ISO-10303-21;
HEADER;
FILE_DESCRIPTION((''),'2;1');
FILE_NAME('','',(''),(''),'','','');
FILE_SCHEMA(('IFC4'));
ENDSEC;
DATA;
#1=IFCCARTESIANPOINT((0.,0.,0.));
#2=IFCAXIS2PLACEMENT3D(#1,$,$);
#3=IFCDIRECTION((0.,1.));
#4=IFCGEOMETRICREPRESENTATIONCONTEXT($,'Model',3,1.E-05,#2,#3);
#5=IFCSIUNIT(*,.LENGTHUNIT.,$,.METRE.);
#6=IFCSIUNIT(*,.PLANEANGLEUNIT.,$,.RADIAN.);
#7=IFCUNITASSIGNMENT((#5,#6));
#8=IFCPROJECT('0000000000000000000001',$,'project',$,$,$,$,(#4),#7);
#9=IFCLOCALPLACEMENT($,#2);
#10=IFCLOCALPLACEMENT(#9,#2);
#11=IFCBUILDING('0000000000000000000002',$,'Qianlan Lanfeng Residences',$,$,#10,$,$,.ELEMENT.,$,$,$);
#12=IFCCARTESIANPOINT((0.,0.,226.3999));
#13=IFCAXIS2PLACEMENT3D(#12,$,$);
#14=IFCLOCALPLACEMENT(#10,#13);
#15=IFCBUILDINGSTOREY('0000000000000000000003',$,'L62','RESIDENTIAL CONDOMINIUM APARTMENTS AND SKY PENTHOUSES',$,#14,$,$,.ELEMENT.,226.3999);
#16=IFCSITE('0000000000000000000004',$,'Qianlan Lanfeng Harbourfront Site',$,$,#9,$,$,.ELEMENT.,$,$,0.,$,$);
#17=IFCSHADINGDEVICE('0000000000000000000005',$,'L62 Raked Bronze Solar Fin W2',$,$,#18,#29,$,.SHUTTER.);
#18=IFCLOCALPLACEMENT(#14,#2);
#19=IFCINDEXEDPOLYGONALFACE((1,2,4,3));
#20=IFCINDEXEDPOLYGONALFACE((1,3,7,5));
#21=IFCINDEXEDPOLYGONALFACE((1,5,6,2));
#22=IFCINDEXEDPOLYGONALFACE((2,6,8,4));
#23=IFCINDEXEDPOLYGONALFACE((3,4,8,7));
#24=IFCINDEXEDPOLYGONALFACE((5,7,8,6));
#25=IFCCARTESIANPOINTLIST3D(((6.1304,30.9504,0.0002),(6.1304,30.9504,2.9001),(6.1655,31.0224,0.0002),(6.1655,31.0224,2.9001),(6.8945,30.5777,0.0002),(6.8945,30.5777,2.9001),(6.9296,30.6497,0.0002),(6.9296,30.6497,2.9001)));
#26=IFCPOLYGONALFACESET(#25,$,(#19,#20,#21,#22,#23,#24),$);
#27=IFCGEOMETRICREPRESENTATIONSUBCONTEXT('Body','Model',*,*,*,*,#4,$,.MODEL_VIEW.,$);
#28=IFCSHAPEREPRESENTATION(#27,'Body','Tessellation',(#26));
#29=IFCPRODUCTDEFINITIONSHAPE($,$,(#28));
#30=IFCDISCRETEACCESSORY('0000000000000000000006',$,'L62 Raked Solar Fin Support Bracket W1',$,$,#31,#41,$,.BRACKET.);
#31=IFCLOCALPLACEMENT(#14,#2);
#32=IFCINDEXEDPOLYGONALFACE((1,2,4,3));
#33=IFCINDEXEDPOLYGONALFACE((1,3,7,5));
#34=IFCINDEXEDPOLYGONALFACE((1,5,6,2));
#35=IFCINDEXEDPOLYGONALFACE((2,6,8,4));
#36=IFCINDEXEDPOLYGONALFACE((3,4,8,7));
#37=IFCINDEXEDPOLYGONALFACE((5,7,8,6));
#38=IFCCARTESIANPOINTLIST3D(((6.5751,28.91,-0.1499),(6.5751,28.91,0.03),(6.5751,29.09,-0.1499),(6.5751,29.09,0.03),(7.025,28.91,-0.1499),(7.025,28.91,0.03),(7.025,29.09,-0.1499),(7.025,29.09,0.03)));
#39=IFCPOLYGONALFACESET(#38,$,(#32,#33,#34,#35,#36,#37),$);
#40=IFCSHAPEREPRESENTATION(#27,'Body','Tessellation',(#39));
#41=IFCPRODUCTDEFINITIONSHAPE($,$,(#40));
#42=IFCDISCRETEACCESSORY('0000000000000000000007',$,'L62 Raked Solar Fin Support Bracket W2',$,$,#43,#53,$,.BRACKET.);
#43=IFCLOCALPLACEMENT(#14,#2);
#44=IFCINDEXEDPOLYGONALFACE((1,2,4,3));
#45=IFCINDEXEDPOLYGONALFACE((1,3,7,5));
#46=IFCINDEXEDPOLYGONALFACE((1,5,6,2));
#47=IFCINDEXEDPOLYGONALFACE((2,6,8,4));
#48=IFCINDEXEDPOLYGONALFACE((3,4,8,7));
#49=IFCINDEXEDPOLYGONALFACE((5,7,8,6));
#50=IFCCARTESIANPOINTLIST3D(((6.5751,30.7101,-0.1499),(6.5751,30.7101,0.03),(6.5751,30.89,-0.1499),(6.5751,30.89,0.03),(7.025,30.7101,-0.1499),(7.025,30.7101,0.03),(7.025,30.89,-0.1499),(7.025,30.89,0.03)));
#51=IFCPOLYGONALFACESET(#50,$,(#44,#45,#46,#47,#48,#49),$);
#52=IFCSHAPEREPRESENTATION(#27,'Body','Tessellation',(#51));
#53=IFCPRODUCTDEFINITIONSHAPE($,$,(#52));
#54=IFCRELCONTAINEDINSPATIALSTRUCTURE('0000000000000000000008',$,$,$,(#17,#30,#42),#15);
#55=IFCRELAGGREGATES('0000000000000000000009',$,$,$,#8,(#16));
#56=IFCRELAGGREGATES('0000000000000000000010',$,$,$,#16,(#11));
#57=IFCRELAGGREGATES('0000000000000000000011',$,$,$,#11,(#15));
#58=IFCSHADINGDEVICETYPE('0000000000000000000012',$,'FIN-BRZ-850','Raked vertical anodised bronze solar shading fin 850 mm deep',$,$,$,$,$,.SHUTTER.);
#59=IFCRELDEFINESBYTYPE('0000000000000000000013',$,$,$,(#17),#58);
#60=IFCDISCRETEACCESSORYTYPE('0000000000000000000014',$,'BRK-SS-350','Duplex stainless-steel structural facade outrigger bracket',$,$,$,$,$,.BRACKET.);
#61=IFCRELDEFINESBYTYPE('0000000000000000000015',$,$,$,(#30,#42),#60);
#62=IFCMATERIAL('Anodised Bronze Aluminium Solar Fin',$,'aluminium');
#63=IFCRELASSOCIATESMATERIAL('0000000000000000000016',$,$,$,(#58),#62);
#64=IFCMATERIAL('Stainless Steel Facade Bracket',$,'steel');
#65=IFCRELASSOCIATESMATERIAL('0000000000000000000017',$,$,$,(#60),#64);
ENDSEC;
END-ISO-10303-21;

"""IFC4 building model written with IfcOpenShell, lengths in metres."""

from ifc_helpers import new_model, si_unit, direction, frame, origin, origin_2d, place, context, subcontext, project, spatial, rectangle, extrude, source, transform, mapped, material, type_object, element, save


model = new_model("IFC4")

# Units and contexts
model_context = context("Model", 3, precision=1e-05, world=origin(), true_north=direction((0.0, 1.0)))
body_context = subcontext(model_context, "Body", "Model", "MODEL_VIEW")
ifc_project = project(units=[si_unit("LENGTHUNIT", "METRE"), si_unit("PLANEANGLEUNIT", "RADIAN")], contexts=[model_context])

# Site, building, storey
site_placement = place(None, origin())
site = spatial("IfcSite", under=ifc_project, at=site_placement, Name="Qianlan Lanfeng Harbourfront Site", CompositionType="ELEMENT", RefElevation=0.0)
building_placement = place(site_placement, origin())
building = spatial("IfcBuilding", under=site, at=building_placement, Name="Qianlan Lanfeng Residences", CompositionType="ELEMENT")
storey_placement = place(building_placement, frame((0.0, 0.0, 226.3999)))
storey = spatial("IfcBuildingStorey", under=building, at=storey_placement, Name="L62", Description="RESIDENTIAL CONDOMINIUM APARTMENTS AND SKY PENTHOUSES", CompositionType="ELEMENT", Elevation=226.3999)

# Shading device
ifc_material_1 = material(Name="Anodised Bronze Aluminium Solar Fin", Category="aluminium")
shading_device_type = type_object("IfcShadingDeviceType", Name="FIN-BRZ-850", Description="Raked vertical anodised bronze solar shading fin 850 mm deep", PredefinedType="SHUTTER", material=ifc_material_1)
shared_shape_1 = source(origin(), body_context, "Body", "SweptSolid", [
    extrude(rectangle(XDim=0.8501, YDim=0.0801, at=origin_2d()), origin(), (0.0, 0.0, 1.0), 2.8999),
])
for number, where, z_axis, x_axis, name in (
    (1, (6.53, 30.8, 0.0002), (0.0, 0.0, 1.0), (0.898794, -0.438371, 0.0), "L62 Raked Bronze Solar Fin W2"),
):
    element("IfcShadingDevice", number, at=place(storey_placement, frame(where, z_axis=z_axis, x_axis=x_axis)), inside=storey, type_object=shading_device_type, Name=name, PredefinedType="SHUTTER", context=body_context, shape_type="MappedRepresentation", body=[
        mapped(shared_shape_1, transform((0.0, 0.0, 0.0), scale=1.0)),
    ])

# Discrete accessories
ifc_material_2 = material(Name="Stainless Steel Facade Bracket", Category="steel")
discrete_accessory_type = type_object("IfcDiscreteAccessoryType", Name="BRK-SS-350", Description="Duplex stainless-steel structural facade outrigger bracket", PredefinedType="BRACKET", material=ifc_material_2)
shared_shape_2 = source(origin(), body_context, "Body", "SweptSolid", [
    extrude(rectangle(XDim=0.45, YDim=0.1799, at=origin_2d()), origin(), (0.0, 0.0, 1.0), 0.1799),
])
for number, where, z_axis, x_axis, name in (
    (2, (6.8, 29.0, -0.1499), (0.0, 0.0, 1.0), (1.0, 0.0, 0.0), "L62 Raked Solar Fin Support Bracket W1"),
    (3, (6.8, 30.8, -0.1499), (0.0, 0.0, 1.0), (1.0, 0.0, 0.0), "L62 Raked Solar Fin Support Bracket W2"),
):
    element("IfcDiscreteAccessory", number, at=place(storey_placement, frame(where, z_axis=z_axis, x_axis=x_axis)), inside=storey, type_object=discrete_accessory_type, Name=name, PredefinedType="BRACKET", context=body_context, shape_type="MappedRepresentation", body=[
        mapped(shared_shape_2, transform((0.0, 0.0, 0.0), scale=1.0)),
    ])

save(model, "model.ifc")
